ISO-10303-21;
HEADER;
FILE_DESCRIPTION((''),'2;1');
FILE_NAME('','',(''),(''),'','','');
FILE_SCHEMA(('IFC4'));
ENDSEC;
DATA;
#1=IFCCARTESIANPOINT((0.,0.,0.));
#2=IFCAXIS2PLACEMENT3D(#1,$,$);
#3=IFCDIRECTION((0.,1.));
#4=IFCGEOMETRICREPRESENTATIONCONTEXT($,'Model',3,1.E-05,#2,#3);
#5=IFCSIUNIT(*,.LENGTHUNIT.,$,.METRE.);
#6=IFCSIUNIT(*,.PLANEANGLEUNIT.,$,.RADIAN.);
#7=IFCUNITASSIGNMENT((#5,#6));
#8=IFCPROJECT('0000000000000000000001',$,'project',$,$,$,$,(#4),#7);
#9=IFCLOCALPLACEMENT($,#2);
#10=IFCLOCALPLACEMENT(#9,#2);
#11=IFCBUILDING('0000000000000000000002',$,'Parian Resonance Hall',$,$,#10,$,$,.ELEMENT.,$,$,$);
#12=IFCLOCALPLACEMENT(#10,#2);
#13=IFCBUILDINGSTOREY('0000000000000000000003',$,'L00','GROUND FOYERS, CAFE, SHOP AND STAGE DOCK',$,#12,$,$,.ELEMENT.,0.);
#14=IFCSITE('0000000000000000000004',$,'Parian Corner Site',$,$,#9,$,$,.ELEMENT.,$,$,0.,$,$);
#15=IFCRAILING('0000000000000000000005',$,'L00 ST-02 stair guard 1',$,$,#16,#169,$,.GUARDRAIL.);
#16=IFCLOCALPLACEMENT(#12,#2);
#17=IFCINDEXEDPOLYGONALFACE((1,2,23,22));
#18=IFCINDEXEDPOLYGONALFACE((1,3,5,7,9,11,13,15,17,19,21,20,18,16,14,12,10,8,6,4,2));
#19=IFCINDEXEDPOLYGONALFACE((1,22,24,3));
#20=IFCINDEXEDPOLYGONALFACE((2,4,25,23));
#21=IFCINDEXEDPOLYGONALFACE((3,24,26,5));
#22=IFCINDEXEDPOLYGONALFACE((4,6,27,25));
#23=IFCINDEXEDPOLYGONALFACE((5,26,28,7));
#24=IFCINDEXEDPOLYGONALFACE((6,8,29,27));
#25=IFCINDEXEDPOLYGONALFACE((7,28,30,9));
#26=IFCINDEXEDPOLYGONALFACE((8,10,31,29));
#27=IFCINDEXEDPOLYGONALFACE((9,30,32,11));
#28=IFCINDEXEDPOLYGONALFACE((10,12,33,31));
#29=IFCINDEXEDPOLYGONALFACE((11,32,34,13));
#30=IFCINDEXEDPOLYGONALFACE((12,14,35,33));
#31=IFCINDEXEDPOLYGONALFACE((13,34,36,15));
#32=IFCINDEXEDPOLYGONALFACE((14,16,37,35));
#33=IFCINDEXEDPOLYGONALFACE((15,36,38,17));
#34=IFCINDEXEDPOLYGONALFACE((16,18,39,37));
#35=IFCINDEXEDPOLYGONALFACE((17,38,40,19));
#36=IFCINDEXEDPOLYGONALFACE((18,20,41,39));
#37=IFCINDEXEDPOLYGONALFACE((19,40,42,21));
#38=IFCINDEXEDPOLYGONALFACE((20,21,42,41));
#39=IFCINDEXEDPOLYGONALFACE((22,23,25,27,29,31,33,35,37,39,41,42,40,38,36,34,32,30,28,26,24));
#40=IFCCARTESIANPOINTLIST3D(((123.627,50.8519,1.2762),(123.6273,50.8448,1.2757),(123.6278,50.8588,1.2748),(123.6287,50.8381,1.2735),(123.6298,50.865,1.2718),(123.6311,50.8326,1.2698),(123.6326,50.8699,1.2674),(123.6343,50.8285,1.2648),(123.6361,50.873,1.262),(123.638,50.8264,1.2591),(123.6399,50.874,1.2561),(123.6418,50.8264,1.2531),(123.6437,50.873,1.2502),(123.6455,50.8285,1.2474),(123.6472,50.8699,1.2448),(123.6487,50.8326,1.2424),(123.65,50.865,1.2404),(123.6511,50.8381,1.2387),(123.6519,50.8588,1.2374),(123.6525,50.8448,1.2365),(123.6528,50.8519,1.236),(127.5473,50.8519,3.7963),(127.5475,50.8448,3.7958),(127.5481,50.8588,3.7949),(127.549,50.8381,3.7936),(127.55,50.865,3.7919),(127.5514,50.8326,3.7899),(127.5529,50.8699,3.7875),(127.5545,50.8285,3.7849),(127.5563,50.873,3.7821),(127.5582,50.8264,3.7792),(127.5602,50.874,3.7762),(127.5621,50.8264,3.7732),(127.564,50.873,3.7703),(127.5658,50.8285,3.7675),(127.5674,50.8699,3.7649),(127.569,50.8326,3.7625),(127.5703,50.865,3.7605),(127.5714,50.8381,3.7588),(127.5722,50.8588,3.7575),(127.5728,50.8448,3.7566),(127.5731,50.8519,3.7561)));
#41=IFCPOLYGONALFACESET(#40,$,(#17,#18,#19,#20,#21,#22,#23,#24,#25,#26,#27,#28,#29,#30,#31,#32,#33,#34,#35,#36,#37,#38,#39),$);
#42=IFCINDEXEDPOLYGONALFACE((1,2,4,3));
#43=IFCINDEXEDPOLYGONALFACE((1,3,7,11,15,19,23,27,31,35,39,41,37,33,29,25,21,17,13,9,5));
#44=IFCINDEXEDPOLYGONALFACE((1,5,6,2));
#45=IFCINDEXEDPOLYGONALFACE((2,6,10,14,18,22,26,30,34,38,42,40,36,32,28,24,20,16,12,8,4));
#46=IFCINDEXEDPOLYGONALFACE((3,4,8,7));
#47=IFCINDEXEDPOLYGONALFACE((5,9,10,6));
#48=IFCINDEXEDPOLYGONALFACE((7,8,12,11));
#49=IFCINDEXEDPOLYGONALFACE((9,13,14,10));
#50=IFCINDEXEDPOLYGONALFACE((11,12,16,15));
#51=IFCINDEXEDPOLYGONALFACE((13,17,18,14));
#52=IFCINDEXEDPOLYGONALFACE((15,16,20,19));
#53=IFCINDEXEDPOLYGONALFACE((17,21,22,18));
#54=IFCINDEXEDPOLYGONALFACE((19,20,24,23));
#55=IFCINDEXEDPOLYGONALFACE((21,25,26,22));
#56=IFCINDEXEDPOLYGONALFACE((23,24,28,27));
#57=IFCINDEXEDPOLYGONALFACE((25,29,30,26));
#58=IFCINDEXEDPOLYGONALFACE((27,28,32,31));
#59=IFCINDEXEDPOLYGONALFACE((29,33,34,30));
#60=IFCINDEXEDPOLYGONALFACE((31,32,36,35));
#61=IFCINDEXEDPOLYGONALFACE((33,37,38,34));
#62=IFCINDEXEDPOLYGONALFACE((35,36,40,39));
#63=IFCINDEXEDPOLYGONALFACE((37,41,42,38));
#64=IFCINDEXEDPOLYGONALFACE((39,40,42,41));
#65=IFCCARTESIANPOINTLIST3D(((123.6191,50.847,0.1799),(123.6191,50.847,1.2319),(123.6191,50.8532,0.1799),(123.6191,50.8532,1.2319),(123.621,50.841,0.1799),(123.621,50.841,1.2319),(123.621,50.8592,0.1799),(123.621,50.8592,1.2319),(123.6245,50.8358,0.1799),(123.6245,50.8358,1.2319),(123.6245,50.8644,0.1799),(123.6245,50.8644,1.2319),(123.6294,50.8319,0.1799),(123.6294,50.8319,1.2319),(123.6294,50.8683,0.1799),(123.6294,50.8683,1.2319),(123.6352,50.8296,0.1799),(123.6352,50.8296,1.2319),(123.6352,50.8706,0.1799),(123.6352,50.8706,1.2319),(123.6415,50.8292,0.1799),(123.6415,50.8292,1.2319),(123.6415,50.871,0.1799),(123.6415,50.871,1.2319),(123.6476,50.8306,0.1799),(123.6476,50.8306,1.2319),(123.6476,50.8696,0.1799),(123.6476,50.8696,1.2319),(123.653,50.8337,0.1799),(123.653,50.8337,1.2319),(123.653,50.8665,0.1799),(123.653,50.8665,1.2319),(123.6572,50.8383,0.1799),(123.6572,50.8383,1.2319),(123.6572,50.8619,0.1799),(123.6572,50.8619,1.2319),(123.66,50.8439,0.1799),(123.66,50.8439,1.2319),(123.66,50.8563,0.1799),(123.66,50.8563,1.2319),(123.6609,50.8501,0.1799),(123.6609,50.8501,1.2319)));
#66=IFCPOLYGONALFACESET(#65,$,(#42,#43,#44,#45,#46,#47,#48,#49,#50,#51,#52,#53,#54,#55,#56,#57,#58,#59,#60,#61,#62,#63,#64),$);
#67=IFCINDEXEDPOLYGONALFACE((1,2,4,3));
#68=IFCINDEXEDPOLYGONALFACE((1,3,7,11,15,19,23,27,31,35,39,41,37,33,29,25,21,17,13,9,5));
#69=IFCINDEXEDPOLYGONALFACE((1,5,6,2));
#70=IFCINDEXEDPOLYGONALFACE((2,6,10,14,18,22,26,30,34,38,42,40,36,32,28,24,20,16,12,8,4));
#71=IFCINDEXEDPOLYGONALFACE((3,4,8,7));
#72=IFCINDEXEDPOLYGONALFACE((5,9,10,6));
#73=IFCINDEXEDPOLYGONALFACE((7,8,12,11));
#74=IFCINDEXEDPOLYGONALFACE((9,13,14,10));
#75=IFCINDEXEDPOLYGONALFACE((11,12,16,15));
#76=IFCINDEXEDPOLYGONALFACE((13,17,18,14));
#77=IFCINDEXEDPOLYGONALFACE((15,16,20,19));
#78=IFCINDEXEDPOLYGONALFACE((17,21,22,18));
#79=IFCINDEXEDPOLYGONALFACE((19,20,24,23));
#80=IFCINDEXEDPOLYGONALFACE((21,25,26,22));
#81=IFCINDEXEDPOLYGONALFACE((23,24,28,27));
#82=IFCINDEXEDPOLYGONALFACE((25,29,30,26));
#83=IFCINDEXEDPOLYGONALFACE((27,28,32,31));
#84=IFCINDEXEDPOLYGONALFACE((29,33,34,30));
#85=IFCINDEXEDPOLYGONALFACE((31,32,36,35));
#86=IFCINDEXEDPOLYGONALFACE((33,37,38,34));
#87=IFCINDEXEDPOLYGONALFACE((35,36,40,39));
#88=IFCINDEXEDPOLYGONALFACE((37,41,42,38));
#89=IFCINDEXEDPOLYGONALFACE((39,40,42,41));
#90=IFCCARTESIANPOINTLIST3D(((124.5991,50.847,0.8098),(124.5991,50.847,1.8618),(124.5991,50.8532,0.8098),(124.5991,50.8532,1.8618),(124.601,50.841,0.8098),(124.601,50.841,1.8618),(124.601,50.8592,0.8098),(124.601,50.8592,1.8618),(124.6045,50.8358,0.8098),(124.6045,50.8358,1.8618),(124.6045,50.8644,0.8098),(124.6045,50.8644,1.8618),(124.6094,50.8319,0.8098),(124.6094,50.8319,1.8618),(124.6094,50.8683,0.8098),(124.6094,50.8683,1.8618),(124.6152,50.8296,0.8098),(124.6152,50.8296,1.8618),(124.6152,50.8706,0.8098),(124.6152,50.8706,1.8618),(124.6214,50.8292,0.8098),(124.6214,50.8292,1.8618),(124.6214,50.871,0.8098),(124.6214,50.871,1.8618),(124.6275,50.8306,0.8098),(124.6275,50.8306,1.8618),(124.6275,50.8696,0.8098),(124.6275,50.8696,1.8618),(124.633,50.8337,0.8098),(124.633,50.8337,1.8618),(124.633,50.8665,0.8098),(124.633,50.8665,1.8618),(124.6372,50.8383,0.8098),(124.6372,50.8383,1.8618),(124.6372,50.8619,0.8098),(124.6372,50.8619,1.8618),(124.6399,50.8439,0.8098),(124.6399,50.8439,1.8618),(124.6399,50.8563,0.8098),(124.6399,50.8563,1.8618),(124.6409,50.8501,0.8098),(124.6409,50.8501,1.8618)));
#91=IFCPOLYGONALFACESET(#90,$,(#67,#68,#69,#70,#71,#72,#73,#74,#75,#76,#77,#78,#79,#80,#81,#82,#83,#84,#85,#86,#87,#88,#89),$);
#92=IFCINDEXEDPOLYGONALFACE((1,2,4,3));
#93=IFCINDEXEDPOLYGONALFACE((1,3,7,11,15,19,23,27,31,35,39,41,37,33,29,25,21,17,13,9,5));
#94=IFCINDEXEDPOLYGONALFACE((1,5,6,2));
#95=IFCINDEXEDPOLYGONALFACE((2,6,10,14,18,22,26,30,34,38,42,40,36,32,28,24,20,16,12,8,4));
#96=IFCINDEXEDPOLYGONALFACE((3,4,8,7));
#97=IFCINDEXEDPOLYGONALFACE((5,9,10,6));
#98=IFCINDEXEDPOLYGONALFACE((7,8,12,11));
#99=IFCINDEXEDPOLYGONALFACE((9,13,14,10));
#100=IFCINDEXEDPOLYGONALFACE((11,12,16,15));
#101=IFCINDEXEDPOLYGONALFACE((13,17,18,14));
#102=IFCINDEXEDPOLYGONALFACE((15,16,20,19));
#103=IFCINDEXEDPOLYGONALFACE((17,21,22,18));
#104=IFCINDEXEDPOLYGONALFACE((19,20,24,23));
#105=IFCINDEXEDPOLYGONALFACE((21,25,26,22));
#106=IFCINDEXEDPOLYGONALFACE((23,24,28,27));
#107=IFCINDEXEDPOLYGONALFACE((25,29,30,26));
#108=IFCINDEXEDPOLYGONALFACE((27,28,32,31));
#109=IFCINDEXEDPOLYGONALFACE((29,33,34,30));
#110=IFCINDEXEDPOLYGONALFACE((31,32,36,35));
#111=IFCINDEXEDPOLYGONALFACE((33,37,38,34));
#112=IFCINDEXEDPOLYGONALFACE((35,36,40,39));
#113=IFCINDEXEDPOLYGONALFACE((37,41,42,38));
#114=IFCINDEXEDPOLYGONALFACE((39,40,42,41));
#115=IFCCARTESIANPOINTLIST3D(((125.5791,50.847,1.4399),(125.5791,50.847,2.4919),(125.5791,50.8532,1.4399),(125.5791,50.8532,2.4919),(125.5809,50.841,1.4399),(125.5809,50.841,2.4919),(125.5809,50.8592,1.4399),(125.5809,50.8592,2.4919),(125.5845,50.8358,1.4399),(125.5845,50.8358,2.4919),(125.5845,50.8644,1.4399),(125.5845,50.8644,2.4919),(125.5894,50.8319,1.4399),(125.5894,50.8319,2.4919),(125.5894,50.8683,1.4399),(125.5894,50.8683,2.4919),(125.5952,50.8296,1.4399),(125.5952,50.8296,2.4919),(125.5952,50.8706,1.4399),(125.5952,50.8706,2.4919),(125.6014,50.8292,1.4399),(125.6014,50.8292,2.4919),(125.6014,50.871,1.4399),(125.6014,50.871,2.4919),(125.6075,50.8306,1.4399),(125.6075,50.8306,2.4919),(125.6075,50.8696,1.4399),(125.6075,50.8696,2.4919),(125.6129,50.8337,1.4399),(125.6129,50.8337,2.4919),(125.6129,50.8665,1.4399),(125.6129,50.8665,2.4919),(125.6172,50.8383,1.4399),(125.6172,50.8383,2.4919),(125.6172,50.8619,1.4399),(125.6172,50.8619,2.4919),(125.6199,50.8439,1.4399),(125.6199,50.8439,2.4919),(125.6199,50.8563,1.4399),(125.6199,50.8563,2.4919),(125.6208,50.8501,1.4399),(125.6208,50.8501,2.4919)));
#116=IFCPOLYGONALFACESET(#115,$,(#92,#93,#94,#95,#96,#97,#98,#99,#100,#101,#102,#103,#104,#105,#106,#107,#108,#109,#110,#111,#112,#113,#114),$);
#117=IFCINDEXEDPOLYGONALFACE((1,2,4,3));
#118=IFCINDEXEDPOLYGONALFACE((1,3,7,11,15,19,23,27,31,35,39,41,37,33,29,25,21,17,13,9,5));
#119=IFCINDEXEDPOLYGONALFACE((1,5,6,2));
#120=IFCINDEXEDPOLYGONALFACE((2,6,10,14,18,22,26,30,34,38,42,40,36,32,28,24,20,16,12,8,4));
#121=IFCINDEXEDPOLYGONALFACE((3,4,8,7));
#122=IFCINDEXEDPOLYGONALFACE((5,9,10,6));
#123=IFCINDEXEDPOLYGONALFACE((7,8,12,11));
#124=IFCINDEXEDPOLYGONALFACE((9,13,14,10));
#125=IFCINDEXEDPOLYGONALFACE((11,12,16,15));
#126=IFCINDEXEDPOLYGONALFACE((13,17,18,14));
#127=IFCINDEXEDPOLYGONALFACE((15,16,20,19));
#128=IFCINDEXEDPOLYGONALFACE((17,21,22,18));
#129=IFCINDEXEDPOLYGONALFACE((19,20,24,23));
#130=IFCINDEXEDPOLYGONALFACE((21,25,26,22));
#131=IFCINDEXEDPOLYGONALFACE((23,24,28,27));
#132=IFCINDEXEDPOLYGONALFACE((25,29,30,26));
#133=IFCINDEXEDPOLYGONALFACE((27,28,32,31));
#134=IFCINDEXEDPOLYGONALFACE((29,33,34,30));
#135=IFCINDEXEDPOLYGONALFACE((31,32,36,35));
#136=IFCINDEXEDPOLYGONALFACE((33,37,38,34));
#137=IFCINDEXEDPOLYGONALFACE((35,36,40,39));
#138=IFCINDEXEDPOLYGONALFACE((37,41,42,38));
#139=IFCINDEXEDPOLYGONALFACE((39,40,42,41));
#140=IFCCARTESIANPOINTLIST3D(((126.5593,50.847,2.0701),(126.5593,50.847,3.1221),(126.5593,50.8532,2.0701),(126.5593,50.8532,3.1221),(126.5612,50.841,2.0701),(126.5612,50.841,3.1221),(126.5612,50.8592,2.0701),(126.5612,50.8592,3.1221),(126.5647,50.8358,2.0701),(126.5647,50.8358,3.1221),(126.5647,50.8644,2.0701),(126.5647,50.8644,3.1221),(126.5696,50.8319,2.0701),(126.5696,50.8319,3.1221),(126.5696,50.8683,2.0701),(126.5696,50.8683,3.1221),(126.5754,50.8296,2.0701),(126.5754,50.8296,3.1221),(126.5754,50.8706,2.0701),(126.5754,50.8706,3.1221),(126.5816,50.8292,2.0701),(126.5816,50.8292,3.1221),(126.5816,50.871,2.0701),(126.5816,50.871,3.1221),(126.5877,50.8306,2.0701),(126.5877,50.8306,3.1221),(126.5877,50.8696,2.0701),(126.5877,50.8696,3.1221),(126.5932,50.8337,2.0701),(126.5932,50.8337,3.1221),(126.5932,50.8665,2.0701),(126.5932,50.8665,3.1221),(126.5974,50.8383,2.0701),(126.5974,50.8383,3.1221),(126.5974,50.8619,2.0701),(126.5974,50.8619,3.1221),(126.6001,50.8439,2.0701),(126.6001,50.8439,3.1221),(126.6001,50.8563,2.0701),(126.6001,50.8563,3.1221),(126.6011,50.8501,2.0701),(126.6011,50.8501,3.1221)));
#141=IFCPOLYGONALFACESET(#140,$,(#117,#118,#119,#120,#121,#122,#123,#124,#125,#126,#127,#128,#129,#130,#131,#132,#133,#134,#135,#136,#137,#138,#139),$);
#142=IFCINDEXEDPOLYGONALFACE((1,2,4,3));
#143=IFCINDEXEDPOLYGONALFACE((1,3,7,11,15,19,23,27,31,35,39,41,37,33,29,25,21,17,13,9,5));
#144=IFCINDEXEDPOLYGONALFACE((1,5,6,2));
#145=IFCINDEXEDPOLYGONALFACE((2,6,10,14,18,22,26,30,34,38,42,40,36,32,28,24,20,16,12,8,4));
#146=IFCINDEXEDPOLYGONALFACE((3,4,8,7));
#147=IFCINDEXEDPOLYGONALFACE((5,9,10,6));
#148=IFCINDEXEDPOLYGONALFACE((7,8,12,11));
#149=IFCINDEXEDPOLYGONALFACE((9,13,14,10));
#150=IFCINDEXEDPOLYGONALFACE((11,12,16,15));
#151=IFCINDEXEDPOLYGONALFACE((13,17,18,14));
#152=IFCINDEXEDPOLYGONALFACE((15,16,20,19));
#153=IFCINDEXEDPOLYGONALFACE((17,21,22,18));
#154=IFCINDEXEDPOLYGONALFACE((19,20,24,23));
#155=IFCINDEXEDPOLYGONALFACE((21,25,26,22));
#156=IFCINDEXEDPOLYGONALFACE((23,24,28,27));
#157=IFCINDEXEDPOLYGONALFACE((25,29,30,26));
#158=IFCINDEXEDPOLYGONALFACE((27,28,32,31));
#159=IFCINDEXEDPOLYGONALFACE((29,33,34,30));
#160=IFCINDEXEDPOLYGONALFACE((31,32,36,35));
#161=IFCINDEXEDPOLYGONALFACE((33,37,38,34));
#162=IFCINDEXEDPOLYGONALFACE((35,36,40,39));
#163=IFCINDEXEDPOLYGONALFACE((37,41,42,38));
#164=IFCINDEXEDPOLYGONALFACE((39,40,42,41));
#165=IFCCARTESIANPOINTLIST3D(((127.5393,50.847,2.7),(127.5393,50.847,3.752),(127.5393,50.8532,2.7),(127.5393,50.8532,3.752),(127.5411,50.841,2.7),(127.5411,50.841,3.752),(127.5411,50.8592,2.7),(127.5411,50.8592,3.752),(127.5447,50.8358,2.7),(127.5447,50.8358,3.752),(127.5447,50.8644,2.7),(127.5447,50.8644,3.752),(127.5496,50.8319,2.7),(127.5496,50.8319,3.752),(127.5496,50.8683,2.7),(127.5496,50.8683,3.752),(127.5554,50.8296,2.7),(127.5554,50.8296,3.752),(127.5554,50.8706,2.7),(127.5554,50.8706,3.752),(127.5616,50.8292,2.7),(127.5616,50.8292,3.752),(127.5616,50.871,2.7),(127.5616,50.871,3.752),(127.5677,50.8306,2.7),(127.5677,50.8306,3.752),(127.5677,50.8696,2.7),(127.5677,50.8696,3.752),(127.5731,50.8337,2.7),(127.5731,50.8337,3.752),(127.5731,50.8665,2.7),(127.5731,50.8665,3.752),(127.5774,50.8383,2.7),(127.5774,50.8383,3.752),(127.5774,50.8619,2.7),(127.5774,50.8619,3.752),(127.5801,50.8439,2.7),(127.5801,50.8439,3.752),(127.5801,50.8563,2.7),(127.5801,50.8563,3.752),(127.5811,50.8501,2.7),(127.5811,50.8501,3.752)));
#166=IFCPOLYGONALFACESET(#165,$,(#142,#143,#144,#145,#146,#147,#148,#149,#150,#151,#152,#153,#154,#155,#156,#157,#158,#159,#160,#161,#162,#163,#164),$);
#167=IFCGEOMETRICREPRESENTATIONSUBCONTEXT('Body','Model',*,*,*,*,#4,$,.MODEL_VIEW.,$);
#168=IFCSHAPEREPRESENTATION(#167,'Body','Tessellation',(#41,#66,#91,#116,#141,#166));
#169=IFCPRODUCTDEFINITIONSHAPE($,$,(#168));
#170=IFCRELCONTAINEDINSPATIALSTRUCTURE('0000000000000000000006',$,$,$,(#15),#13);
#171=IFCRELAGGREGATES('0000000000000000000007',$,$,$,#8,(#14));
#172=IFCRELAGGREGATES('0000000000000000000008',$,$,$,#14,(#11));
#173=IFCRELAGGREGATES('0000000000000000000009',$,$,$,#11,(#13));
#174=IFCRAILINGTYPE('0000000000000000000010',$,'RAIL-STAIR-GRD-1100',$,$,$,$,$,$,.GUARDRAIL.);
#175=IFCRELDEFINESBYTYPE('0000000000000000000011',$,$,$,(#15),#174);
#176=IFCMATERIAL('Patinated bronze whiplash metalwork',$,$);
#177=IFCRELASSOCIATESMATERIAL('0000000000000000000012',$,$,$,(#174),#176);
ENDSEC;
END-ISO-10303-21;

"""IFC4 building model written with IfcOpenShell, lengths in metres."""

from ifc_helpers import new_model, si_unit, direction, frame, origin, origin_2d, place, context, subcontext, project, spatial, circle, extrude, material, type_object, element, save


model = new_model("IFC4")

# Units and contexts
model_context = context("Model", 3, precision=1e-05, world=origin(), true_north=direction((0.0, 1.0)))
body_context = subcontext(model_context, "Body", "Model", "MODEL_VIEW")
ifc_project = project(units=[si_unit("LENGTHUNIT", "METRE"), si_unit("PLANEANGLEUNIT", "RADIAN")], contexts=[model_context])

# Site, building, storey
site_placement = place(None, origin())
site = spatial("IfcSite", under=ifc_project, at=site_placement, Name="Parian Corner Site", CompositionType="ELEMENT", RefElevation=0.0)
building_placement = place(site_placement, origin())
building = spatial("IfcBuilding", under=site, at=building_placement, Name="Parian Resonance Hall", CompositionType="ELEMENT")
storey_placement = place(building_placement, origin())
storey = spatial("IfcBuildingStorey", under=building, at=storey_placement, Name="L00", Description="GROUND FOYERS, CAFE, SHOP AND STAGE DOCK", CompositionType="ELEMENT", Elevation=0.0)

# Railing
ifc_material_1 = material(Name="Patinated bronze whiplash metalwork")
railing_type_1 = type_object("IfcRailingType", Name="RAIL-STAIR-GRD-1100", PredefinedType="GUARDRAIL", material=ifc_material_1)
railing_1_placement = place(storey_placement, frame((123.6399, 50.8501, 0.1799)))
element("IfcRailing", 1, at=railing_1_placement, inside=storey, type_object=railing_type_1, Name="L00 ST-02 stair guard 1", PredefinedType="GUARDRAIL", context=body_context, shape_type="SweptSolid", body=[
    extrude(circle(Radius=0.0239, at=origin_2d()), frame((0.0, 0.0, 1.0762), z_axis=(0.841187, 0.0, 0.540744), x_axis=(0.0, 1.0, 0.0)), (0.0, 0.0, 1.0), 4.6604),
    extrude(circle(Radius=0.021, at=origin_2d()), origin(), (0.0, 0.0, 1.0), 1.052),
    extrude(circle(Radius=0.021, at=origin_2d()), frame((0.98, 0.0, 0.6299)), (0.0, 0.0, 1.0), 1.052),
    extrude(circle(Radius=0.021, at=origin_2d()), frame((1.96, 0.0, 1.26)), (0.0, 0.0, 1.0), 1.052),
    extrude(circle(Radius=0.021, at=origin_2d()), frame((2.9402, 0.0, 1.8901)), (0.0, 0.0, 1.0), 1.052),
    extrude(circle(Radius=0.021, at=origin_2d()), frame((3.9202, 0.0, 2.52)), (0.0, 0.0, 1.0), 1.052),
])

save(model, "model.ifc")
